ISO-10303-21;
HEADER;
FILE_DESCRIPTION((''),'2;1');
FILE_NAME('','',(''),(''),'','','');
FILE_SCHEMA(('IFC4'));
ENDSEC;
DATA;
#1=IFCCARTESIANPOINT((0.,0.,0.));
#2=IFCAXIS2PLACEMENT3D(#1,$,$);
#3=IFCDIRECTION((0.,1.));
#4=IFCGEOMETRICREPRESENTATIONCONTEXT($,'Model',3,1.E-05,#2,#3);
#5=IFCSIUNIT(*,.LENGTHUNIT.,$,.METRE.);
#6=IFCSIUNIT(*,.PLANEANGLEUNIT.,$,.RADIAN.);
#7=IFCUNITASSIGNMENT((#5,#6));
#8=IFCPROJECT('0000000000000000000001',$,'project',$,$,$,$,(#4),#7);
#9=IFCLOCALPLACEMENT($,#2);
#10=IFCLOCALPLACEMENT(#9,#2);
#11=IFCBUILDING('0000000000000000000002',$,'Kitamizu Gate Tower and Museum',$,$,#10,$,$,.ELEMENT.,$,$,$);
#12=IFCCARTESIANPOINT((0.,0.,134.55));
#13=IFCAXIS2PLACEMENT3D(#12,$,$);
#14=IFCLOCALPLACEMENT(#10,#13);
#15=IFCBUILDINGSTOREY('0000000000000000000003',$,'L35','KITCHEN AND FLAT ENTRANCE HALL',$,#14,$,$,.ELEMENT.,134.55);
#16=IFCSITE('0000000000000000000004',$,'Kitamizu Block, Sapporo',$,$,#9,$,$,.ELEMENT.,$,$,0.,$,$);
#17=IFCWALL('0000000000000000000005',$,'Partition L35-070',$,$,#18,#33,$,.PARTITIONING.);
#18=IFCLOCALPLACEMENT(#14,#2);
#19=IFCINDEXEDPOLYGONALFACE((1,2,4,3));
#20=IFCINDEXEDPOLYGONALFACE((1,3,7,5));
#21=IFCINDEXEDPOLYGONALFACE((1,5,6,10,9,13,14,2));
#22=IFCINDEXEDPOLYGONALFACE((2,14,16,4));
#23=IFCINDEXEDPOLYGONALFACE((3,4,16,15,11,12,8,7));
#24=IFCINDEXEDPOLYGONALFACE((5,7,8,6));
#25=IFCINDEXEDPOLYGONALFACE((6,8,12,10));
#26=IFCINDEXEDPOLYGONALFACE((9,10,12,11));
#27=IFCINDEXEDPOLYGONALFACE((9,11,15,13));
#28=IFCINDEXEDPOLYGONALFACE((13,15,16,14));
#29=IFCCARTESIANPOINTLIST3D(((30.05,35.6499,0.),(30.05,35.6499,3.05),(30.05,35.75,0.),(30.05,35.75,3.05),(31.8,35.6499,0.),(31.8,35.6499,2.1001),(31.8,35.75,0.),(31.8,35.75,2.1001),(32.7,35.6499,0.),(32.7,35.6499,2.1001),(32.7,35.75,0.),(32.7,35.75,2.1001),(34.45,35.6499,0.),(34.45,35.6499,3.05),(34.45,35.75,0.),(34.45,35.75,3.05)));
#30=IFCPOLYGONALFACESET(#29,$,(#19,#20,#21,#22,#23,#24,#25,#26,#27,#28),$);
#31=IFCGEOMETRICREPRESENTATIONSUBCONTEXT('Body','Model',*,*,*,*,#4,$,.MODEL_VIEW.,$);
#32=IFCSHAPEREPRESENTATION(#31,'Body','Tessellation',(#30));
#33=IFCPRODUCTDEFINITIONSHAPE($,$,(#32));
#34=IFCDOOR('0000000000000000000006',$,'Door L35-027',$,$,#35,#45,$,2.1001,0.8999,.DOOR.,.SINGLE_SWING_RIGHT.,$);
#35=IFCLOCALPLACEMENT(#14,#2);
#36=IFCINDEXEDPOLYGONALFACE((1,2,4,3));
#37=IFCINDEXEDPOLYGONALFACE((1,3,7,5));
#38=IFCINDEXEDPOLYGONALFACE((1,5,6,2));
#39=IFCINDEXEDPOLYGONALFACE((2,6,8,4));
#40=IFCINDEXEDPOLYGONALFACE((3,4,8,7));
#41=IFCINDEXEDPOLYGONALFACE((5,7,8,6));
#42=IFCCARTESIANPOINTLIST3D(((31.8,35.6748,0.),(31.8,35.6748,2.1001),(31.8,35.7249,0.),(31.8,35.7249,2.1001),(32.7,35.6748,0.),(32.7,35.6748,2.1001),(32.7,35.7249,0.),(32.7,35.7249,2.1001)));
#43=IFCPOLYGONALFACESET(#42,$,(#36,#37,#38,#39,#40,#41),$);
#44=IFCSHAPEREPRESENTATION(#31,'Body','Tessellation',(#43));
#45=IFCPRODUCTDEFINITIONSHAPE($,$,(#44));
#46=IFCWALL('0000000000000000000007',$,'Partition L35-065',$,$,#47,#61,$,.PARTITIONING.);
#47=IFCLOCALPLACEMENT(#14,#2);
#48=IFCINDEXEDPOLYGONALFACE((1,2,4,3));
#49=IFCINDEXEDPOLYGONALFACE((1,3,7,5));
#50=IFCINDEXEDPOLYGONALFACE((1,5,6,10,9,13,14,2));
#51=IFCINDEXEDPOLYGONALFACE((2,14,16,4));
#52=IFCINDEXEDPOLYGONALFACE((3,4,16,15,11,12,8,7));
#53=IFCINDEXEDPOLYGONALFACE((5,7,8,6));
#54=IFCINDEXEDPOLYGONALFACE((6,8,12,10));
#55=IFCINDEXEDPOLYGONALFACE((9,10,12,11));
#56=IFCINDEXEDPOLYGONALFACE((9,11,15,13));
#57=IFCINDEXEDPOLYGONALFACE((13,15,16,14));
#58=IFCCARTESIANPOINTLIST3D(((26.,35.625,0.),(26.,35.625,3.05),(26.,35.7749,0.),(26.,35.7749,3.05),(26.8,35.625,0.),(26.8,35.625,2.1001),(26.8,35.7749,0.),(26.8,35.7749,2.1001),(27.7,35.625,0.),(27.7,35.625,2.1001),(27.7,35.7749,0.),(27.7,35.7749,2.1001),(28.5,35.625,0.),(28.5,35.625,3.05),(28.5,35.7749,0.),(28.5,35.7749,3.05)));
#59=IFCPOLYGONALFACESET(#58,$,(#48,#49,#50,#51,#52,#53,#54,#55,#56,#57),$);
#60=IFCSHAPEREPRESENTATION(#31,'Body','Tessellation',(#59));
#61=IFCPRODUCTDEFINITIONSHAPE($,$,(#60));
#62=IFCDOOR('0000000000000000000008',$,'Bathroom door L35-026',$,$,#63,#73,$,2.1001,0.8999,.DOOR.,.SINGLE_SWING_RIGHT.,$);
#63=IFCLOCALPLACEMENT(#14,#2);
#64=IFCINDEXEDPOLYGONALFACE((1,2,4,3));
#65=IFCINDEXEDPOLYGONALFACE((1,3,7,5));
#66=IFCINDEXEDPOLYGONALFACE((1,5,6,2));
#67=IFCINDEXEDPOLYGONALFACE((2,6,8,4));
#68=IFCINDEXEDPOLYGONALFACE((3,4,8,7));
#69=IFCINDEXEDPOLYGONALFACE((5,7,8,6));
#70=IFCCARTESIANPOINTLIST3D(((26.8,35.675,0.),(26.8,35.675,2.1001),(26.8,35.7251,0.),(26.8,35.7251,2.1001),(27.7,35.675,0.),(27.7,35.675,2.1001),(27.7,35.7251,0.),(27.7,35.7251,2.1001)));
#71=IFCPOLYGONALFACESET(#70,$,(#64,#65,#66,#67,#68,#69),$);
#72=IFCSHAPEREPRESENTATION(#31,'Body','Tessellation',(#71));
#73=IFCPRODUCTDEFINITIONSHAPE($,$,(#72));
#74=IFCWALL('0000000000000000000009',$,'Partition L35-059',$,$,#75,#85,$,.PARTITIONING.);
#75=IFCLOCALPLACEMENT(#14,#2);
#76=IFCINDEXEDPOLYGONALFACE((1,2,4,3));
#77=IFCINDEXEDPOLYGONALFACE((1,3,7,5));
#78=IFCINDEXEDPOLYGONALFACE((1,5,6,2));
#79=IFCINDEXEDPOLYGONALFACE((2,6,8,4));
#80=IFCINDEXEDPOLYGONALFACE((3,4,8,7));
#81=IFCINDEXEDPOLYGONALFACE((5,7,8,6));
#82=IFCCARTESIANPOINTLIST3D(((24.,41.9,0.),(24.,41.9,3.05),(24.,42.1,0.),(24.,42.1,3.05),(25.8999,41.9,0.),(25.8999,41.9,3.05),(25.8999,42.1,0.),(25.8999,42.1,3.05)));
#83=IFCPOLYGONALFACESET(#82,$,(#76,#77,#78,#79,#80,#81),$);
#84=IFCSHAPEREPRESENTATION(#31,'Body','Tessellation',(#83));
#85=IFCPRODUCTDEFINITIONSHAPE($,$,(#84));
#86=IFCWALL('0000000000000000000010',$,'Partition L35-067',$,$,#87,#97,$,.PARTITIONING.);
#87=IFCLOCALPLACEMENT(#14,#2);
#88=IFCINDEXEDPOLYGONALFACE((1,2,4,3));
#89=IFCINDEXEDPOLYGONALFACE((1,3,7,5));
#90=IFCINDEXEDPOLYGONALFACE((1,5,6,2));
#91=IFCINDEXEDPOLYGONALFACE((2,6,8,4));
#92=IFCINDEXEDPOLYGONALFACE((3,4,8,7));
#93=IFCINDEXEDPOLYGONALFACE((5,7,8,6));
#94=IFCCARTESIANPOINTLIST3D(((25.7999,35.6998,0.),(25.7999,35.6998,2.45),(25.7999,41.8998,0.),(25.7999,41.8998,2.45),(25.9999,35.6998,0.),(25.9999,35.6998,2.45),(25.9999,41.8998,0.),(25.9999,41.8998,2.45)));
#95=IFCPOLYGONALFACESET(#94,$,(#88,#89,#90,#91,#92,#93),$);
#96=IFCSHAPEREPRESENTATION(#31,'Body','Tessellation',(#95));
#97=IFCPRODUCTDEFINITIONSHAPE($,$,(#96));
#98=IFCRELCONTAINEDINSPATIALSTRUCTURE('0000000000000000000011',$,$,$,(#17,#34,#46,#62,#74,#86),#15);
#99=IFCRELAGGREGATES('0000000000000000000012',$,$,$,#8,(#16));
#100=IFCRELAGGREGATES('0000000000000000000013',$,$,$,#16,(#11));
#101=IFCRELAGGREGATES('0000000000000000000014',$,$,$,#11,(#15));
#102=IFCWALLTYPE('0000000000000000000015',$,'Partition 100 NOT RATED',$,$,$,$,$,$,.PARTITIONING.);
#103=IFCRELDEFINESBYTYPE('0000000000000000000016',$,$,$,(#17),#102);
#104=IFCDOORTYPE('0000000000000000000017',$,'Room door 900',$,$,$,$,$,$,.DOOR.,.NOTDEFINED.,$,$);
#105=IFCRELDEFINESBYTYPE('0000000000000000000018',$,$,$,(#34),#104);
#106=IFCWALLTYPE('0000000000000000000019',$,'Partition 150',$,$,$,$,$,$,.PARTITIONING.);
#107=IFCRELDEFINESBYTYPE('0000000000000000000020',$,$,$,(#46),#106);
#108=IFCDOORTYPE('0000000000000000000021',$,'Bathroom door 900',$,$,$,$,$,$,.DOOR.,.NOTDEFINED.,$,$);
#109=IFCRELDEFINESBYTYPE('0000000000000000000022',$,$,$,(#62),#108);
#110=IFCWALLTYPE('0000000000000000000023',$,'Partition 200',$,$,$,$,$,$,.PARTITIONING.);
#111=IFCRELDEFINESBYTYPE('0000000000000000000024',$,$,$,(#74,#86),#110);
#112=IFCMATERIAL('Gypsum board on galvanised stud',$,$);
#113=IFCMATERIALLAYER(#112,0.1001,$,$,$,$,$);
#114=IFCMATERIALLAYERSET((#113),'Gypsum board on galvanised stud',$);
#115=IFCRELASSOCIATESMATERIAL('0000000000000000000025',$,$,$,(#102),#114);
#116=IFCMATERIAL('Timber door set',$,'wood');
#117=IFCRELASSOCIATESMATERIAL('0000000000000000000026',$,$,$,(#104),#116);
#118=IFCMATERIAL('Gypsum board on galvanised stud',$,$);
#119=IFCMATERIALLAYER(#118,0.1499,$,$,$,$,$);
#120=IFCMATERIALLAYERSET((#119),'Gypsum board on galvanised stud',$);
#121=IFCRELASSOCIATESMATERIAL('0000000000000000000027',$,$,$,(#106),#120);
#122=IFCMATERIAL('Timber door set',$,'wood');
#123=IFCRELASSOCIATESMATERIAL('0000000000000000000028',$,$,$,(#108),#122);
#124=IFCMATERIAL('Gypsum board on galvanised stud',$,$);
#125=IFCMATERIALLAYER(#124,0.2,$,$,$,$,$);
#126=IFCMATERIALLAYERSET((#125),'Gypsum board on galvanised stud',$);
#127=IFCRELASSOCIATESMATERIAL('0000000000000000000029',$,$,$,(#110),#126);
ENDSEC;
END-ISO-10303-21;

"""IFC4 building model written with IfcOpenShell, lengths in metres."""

from ifc_helpers import new_model, si_unit, direction, frame, frame_2d, origin, place, context, subcontext, project, spatial, rectangle, extrude, material, layer, layer_set, type_object, element, fill, save


model = new_model("IFC4")

# Units and contexts
model_context = context("Model", 3, precision=1e-05, world=origin(), true_north=direction((0.0, 1.0)))
body_context = subcontext(model_context, "Body", "Model", "MODEL_VIEW")
ifc_project = project(units=[si_unit("LENGTHUNIT", "METRE"), si_unit("PLANEANGLEUNIT", "RADIAN")], contexts=[model_context])

# Site, building, storey
site_placement = place(None, origin())
site = spatial("IfcSite", under=ifc_project, at=site_placement, Name="Kitamizu Block, Sapporo", CompositionType="ELEMENT", RefElevation=0.0)
building_placement = place(site_placement, origin())
building = spatial("IfcBuilding", under=site, at=building_placement, Name="Kitamizu Gate Tower and Museum", CompositionType="ELEMENT")
storey_placement = place(building_placement, frame((0.0, 0.0, 134.55)))
storey = spatial("IfcBuildingStorey", under=building, at=storey_placement, Name="L35", Description="KITCHEN AND FLAT ENTRANCE HALL", CompositionType="ELEMENT", Elevation=134.55)

# Shared definitions
ifc_material_1 = material(Name="Gypsum board on galvanised stud")
ifc_layer_1 = layer(ifc_material_1, 0.1001)
ifc_layer_set_1 = layer_set([ifc_layer_1], Name="Gypsum board on galvanised stud")
wall_type_1 = type_object("IfcWallType", Name="Partition 100 NOT RATED", PredefinedType="PARTITIONING", material=ifc_layer_set_1)
ifc_material_2 = material(Name="Timber door set", Category="wood")
door_type_1 = type_object("IfcDoorType", Name="Room door 900", OperationType="NOTDEFINED", PredefinedType="DOOR", material=ifc_material_2)

# Walls, openings, doors
wall_1_placement = place(storey_placement, frame((30.05, 35.7, 0.0), z_axis=(0.0, 0.0, 1.0), x_axis=(1.0, 0.0, 0.0)))
wall_1 = element("IfcWall", 1, at=wall_1_placement, inside=storey, type_object=wall_type_1, Name="Partition L35-070", PredefinedType="PARTITIONING", context=body_context, shape_type="SweptSolid", body=[
    extrude(rectangle(XDim=4.3999, YDim=0.1001, at=frame_2d((2.2, 0.0))), origin(), (0.0, 0.0, 1.0), 3.05),
])
opening_1_placement = place(wall_1_placement, frame((1.75, 0.0, 0.0)))
opening_1 = element("IfcOpeningElement", 2, at=opening_1_placement, cuts=wall_1, PredefinedType="OPENING", context=body_context, shape_type="SweptSolid", body=[
    extrude(rectangle(XDim=0.8999, YDim=2.1001, at=frame_2d((0.45, 1.05))), frame((0.0, 0.0601, 0.0), z_axis=(0.0, -1.0, 0.0), x_axis=(1.0, 0.0, 0.0)), (0.0, 0.0, 1.0), 0.1201),
])
door_1_placement = place(opening_1_placement, origin())
door_1 = element("IfcDoor", 3, at=door_1_placement, inside=storey, type_object=door_type_1, Name="Door L35-027", OperationType="SINGLE_SWING_RIGHT", OverallHeight=2.1001, OverallWidth=0.8999, PredefinedType="DOOR", context=body_context, shape_type="SweptSolid", body=[
    extrude(rectangle(XDim=0.8999, YDim=2.1001, at=frame_2d((0.45, 1.05))), frame((0.0, 0.0249, 0.0), z_axis=(0.0, -1.0, 0.0), x_axis=(1.0, 0.0, 0.0)), (0.0, 0.0, 1.0), 0.05),
])
fill(opening_1, door_1)
ifc_material_3 = material(Name="Gypsum board on galvanised stud")
ifc_layer_2 = layer(ifc_material_3, 0.1499)
ifc_layer_set_2 = layer_set([ifc_layer_2], Name="Gypsum board on galvanised stud")
wall_type_2 = type_object("IfcWallType", Name="Partition 150", PredefinedType="PARTITIONING", material=ifc_layer_set_2)
wall_2_placement = place(storey_placement, frame((26.0, 35.7, 0.0), z_axis=(0.0, 0.0, 1.0), x_axis=(1.0, 0.0, 0.0)))
wall_2 = element("IfcWall", 4, at=wall_2_placement, inside=storey, type_object=wall_type_2, Name="Partition L35-065", PredefinedType="PARTITIONING", context=body_context, shape_type="SweptSolid", body=[
    extrude(rectangle(XDim=2.5, YDim=0.1499, at=frame_2d((1.25, 0.0))), origin(), (0.0, 0.0, 1.0), 3.05),
])
opening_2_placement = place(wall_2_placement, frame((0.8, 0.0, 0.0)))
opening_2 = element("IfcOpeningElement", 5, at=opening_2_placement, cuts=wall_2, PredefinedType="OPENING", context=body_context, shape_type="SweptSolid", body=[
    extrude(rectangle(XDim=0.8999, YDim=2.1001, at=frame_2d((0.45, 1.05))), frame((0.0, 0.085, 0.0), z_axis=(0.0, -1.0, 0.0), x_axis=(1.0, 0.0, 0.0)), (0.0, 0.0, 1.0), 0.1699),
])
ifc_material_4 = material(Name="Timber door set", Category="wood")
door_type_2 = type_object("IfcDoorType", Name="Bathroom door 900", OperationType="NOTDEFINED", PredefinedType="DOOR", material=ifc_material_4)
door_2_placement = place(opening_2_placement, frame((0.8999, 0.0, 0.0), x_axis=(-1.0, 0.0, 0.0)))
door_2 = element("IfcDoor", 6, at=door_2_placement, inside=storey, type_object=door_type_2, Name="Bathroom door L35-026", OperationType="SINGLE_SWING_RIGHT", OverallHeight=2.1001, OverallWidth=0.8999, PredefinedType="DOOR", context=body_context, shape_type="SweptSolid", body=[
    extrude(rectangle(XDim=0.8999, YDim=2.1001, at=frame_2d((0.45, 1.05))), frame((0.0, 0.0249, 0.0), z_axis=(0.0, -1.0, 0.0), x_axis=(1.0, 0.0, 0.0)), (0.0, 0.0, 1.0), 0.05),
])
fill(opening_2, door_2)

# Walls
ifc_material_5 = material(Name="Gypsum board on galvanised stud")
ifc_layer_3 = layer(ifc_material_5, 0.2)
ifc_layer_set_3 = layer_set([ifc_layer_3], Name="Gypsum board on galvanised stud")
wall_type_3 = type_object("IfcWallType", Name="Partition 200", PredefinedType="PARTITIONING", material=ifc_layer_set_3)
wall_3_placement = place(storey_placement, frame((24.0, 42.0, 0.0), z_axis=(0.0, 0.0, 1.0), x_axis=(1.0, 0.0, 0.0)))
element("IfcWall", 7, at=wall_3_placement, inside=storey, type_object=wall_type_3, Name="Partition L35-059", PredefinedType="PARTITIONING", context=body_context, shape_type="SweptSolid", body=[
    extrude(rectangle(XDim=1.8999, YDim=0.2, at=frame_2d((0.95, 0.0))), origin(), (0.0, 0.0, 1.0), 3.05),
])
wall_4_placement = place(storey_placement, frame((25.8999, 41.8999, 0.0), z_axis=(0.0, 0.0, 1.0), x_axis=(0.0, -1.0, 0.0)))
element("IfcWall", 8, at=wall_4_placement, inside=storey, type_object=wall_type_3, Name="Partition L35-067", PredefinedType="PARTITIONING", context=body_context, shape_type="SweptSolid", body=[
    extrude(rectangle(XDim=6.2, YDim=0.2, at=frame_2d((3.1001, 0.0))), origin(), (0.0, 0.0, 1.0), 2.45),
])

save(model, "model.ifc")
